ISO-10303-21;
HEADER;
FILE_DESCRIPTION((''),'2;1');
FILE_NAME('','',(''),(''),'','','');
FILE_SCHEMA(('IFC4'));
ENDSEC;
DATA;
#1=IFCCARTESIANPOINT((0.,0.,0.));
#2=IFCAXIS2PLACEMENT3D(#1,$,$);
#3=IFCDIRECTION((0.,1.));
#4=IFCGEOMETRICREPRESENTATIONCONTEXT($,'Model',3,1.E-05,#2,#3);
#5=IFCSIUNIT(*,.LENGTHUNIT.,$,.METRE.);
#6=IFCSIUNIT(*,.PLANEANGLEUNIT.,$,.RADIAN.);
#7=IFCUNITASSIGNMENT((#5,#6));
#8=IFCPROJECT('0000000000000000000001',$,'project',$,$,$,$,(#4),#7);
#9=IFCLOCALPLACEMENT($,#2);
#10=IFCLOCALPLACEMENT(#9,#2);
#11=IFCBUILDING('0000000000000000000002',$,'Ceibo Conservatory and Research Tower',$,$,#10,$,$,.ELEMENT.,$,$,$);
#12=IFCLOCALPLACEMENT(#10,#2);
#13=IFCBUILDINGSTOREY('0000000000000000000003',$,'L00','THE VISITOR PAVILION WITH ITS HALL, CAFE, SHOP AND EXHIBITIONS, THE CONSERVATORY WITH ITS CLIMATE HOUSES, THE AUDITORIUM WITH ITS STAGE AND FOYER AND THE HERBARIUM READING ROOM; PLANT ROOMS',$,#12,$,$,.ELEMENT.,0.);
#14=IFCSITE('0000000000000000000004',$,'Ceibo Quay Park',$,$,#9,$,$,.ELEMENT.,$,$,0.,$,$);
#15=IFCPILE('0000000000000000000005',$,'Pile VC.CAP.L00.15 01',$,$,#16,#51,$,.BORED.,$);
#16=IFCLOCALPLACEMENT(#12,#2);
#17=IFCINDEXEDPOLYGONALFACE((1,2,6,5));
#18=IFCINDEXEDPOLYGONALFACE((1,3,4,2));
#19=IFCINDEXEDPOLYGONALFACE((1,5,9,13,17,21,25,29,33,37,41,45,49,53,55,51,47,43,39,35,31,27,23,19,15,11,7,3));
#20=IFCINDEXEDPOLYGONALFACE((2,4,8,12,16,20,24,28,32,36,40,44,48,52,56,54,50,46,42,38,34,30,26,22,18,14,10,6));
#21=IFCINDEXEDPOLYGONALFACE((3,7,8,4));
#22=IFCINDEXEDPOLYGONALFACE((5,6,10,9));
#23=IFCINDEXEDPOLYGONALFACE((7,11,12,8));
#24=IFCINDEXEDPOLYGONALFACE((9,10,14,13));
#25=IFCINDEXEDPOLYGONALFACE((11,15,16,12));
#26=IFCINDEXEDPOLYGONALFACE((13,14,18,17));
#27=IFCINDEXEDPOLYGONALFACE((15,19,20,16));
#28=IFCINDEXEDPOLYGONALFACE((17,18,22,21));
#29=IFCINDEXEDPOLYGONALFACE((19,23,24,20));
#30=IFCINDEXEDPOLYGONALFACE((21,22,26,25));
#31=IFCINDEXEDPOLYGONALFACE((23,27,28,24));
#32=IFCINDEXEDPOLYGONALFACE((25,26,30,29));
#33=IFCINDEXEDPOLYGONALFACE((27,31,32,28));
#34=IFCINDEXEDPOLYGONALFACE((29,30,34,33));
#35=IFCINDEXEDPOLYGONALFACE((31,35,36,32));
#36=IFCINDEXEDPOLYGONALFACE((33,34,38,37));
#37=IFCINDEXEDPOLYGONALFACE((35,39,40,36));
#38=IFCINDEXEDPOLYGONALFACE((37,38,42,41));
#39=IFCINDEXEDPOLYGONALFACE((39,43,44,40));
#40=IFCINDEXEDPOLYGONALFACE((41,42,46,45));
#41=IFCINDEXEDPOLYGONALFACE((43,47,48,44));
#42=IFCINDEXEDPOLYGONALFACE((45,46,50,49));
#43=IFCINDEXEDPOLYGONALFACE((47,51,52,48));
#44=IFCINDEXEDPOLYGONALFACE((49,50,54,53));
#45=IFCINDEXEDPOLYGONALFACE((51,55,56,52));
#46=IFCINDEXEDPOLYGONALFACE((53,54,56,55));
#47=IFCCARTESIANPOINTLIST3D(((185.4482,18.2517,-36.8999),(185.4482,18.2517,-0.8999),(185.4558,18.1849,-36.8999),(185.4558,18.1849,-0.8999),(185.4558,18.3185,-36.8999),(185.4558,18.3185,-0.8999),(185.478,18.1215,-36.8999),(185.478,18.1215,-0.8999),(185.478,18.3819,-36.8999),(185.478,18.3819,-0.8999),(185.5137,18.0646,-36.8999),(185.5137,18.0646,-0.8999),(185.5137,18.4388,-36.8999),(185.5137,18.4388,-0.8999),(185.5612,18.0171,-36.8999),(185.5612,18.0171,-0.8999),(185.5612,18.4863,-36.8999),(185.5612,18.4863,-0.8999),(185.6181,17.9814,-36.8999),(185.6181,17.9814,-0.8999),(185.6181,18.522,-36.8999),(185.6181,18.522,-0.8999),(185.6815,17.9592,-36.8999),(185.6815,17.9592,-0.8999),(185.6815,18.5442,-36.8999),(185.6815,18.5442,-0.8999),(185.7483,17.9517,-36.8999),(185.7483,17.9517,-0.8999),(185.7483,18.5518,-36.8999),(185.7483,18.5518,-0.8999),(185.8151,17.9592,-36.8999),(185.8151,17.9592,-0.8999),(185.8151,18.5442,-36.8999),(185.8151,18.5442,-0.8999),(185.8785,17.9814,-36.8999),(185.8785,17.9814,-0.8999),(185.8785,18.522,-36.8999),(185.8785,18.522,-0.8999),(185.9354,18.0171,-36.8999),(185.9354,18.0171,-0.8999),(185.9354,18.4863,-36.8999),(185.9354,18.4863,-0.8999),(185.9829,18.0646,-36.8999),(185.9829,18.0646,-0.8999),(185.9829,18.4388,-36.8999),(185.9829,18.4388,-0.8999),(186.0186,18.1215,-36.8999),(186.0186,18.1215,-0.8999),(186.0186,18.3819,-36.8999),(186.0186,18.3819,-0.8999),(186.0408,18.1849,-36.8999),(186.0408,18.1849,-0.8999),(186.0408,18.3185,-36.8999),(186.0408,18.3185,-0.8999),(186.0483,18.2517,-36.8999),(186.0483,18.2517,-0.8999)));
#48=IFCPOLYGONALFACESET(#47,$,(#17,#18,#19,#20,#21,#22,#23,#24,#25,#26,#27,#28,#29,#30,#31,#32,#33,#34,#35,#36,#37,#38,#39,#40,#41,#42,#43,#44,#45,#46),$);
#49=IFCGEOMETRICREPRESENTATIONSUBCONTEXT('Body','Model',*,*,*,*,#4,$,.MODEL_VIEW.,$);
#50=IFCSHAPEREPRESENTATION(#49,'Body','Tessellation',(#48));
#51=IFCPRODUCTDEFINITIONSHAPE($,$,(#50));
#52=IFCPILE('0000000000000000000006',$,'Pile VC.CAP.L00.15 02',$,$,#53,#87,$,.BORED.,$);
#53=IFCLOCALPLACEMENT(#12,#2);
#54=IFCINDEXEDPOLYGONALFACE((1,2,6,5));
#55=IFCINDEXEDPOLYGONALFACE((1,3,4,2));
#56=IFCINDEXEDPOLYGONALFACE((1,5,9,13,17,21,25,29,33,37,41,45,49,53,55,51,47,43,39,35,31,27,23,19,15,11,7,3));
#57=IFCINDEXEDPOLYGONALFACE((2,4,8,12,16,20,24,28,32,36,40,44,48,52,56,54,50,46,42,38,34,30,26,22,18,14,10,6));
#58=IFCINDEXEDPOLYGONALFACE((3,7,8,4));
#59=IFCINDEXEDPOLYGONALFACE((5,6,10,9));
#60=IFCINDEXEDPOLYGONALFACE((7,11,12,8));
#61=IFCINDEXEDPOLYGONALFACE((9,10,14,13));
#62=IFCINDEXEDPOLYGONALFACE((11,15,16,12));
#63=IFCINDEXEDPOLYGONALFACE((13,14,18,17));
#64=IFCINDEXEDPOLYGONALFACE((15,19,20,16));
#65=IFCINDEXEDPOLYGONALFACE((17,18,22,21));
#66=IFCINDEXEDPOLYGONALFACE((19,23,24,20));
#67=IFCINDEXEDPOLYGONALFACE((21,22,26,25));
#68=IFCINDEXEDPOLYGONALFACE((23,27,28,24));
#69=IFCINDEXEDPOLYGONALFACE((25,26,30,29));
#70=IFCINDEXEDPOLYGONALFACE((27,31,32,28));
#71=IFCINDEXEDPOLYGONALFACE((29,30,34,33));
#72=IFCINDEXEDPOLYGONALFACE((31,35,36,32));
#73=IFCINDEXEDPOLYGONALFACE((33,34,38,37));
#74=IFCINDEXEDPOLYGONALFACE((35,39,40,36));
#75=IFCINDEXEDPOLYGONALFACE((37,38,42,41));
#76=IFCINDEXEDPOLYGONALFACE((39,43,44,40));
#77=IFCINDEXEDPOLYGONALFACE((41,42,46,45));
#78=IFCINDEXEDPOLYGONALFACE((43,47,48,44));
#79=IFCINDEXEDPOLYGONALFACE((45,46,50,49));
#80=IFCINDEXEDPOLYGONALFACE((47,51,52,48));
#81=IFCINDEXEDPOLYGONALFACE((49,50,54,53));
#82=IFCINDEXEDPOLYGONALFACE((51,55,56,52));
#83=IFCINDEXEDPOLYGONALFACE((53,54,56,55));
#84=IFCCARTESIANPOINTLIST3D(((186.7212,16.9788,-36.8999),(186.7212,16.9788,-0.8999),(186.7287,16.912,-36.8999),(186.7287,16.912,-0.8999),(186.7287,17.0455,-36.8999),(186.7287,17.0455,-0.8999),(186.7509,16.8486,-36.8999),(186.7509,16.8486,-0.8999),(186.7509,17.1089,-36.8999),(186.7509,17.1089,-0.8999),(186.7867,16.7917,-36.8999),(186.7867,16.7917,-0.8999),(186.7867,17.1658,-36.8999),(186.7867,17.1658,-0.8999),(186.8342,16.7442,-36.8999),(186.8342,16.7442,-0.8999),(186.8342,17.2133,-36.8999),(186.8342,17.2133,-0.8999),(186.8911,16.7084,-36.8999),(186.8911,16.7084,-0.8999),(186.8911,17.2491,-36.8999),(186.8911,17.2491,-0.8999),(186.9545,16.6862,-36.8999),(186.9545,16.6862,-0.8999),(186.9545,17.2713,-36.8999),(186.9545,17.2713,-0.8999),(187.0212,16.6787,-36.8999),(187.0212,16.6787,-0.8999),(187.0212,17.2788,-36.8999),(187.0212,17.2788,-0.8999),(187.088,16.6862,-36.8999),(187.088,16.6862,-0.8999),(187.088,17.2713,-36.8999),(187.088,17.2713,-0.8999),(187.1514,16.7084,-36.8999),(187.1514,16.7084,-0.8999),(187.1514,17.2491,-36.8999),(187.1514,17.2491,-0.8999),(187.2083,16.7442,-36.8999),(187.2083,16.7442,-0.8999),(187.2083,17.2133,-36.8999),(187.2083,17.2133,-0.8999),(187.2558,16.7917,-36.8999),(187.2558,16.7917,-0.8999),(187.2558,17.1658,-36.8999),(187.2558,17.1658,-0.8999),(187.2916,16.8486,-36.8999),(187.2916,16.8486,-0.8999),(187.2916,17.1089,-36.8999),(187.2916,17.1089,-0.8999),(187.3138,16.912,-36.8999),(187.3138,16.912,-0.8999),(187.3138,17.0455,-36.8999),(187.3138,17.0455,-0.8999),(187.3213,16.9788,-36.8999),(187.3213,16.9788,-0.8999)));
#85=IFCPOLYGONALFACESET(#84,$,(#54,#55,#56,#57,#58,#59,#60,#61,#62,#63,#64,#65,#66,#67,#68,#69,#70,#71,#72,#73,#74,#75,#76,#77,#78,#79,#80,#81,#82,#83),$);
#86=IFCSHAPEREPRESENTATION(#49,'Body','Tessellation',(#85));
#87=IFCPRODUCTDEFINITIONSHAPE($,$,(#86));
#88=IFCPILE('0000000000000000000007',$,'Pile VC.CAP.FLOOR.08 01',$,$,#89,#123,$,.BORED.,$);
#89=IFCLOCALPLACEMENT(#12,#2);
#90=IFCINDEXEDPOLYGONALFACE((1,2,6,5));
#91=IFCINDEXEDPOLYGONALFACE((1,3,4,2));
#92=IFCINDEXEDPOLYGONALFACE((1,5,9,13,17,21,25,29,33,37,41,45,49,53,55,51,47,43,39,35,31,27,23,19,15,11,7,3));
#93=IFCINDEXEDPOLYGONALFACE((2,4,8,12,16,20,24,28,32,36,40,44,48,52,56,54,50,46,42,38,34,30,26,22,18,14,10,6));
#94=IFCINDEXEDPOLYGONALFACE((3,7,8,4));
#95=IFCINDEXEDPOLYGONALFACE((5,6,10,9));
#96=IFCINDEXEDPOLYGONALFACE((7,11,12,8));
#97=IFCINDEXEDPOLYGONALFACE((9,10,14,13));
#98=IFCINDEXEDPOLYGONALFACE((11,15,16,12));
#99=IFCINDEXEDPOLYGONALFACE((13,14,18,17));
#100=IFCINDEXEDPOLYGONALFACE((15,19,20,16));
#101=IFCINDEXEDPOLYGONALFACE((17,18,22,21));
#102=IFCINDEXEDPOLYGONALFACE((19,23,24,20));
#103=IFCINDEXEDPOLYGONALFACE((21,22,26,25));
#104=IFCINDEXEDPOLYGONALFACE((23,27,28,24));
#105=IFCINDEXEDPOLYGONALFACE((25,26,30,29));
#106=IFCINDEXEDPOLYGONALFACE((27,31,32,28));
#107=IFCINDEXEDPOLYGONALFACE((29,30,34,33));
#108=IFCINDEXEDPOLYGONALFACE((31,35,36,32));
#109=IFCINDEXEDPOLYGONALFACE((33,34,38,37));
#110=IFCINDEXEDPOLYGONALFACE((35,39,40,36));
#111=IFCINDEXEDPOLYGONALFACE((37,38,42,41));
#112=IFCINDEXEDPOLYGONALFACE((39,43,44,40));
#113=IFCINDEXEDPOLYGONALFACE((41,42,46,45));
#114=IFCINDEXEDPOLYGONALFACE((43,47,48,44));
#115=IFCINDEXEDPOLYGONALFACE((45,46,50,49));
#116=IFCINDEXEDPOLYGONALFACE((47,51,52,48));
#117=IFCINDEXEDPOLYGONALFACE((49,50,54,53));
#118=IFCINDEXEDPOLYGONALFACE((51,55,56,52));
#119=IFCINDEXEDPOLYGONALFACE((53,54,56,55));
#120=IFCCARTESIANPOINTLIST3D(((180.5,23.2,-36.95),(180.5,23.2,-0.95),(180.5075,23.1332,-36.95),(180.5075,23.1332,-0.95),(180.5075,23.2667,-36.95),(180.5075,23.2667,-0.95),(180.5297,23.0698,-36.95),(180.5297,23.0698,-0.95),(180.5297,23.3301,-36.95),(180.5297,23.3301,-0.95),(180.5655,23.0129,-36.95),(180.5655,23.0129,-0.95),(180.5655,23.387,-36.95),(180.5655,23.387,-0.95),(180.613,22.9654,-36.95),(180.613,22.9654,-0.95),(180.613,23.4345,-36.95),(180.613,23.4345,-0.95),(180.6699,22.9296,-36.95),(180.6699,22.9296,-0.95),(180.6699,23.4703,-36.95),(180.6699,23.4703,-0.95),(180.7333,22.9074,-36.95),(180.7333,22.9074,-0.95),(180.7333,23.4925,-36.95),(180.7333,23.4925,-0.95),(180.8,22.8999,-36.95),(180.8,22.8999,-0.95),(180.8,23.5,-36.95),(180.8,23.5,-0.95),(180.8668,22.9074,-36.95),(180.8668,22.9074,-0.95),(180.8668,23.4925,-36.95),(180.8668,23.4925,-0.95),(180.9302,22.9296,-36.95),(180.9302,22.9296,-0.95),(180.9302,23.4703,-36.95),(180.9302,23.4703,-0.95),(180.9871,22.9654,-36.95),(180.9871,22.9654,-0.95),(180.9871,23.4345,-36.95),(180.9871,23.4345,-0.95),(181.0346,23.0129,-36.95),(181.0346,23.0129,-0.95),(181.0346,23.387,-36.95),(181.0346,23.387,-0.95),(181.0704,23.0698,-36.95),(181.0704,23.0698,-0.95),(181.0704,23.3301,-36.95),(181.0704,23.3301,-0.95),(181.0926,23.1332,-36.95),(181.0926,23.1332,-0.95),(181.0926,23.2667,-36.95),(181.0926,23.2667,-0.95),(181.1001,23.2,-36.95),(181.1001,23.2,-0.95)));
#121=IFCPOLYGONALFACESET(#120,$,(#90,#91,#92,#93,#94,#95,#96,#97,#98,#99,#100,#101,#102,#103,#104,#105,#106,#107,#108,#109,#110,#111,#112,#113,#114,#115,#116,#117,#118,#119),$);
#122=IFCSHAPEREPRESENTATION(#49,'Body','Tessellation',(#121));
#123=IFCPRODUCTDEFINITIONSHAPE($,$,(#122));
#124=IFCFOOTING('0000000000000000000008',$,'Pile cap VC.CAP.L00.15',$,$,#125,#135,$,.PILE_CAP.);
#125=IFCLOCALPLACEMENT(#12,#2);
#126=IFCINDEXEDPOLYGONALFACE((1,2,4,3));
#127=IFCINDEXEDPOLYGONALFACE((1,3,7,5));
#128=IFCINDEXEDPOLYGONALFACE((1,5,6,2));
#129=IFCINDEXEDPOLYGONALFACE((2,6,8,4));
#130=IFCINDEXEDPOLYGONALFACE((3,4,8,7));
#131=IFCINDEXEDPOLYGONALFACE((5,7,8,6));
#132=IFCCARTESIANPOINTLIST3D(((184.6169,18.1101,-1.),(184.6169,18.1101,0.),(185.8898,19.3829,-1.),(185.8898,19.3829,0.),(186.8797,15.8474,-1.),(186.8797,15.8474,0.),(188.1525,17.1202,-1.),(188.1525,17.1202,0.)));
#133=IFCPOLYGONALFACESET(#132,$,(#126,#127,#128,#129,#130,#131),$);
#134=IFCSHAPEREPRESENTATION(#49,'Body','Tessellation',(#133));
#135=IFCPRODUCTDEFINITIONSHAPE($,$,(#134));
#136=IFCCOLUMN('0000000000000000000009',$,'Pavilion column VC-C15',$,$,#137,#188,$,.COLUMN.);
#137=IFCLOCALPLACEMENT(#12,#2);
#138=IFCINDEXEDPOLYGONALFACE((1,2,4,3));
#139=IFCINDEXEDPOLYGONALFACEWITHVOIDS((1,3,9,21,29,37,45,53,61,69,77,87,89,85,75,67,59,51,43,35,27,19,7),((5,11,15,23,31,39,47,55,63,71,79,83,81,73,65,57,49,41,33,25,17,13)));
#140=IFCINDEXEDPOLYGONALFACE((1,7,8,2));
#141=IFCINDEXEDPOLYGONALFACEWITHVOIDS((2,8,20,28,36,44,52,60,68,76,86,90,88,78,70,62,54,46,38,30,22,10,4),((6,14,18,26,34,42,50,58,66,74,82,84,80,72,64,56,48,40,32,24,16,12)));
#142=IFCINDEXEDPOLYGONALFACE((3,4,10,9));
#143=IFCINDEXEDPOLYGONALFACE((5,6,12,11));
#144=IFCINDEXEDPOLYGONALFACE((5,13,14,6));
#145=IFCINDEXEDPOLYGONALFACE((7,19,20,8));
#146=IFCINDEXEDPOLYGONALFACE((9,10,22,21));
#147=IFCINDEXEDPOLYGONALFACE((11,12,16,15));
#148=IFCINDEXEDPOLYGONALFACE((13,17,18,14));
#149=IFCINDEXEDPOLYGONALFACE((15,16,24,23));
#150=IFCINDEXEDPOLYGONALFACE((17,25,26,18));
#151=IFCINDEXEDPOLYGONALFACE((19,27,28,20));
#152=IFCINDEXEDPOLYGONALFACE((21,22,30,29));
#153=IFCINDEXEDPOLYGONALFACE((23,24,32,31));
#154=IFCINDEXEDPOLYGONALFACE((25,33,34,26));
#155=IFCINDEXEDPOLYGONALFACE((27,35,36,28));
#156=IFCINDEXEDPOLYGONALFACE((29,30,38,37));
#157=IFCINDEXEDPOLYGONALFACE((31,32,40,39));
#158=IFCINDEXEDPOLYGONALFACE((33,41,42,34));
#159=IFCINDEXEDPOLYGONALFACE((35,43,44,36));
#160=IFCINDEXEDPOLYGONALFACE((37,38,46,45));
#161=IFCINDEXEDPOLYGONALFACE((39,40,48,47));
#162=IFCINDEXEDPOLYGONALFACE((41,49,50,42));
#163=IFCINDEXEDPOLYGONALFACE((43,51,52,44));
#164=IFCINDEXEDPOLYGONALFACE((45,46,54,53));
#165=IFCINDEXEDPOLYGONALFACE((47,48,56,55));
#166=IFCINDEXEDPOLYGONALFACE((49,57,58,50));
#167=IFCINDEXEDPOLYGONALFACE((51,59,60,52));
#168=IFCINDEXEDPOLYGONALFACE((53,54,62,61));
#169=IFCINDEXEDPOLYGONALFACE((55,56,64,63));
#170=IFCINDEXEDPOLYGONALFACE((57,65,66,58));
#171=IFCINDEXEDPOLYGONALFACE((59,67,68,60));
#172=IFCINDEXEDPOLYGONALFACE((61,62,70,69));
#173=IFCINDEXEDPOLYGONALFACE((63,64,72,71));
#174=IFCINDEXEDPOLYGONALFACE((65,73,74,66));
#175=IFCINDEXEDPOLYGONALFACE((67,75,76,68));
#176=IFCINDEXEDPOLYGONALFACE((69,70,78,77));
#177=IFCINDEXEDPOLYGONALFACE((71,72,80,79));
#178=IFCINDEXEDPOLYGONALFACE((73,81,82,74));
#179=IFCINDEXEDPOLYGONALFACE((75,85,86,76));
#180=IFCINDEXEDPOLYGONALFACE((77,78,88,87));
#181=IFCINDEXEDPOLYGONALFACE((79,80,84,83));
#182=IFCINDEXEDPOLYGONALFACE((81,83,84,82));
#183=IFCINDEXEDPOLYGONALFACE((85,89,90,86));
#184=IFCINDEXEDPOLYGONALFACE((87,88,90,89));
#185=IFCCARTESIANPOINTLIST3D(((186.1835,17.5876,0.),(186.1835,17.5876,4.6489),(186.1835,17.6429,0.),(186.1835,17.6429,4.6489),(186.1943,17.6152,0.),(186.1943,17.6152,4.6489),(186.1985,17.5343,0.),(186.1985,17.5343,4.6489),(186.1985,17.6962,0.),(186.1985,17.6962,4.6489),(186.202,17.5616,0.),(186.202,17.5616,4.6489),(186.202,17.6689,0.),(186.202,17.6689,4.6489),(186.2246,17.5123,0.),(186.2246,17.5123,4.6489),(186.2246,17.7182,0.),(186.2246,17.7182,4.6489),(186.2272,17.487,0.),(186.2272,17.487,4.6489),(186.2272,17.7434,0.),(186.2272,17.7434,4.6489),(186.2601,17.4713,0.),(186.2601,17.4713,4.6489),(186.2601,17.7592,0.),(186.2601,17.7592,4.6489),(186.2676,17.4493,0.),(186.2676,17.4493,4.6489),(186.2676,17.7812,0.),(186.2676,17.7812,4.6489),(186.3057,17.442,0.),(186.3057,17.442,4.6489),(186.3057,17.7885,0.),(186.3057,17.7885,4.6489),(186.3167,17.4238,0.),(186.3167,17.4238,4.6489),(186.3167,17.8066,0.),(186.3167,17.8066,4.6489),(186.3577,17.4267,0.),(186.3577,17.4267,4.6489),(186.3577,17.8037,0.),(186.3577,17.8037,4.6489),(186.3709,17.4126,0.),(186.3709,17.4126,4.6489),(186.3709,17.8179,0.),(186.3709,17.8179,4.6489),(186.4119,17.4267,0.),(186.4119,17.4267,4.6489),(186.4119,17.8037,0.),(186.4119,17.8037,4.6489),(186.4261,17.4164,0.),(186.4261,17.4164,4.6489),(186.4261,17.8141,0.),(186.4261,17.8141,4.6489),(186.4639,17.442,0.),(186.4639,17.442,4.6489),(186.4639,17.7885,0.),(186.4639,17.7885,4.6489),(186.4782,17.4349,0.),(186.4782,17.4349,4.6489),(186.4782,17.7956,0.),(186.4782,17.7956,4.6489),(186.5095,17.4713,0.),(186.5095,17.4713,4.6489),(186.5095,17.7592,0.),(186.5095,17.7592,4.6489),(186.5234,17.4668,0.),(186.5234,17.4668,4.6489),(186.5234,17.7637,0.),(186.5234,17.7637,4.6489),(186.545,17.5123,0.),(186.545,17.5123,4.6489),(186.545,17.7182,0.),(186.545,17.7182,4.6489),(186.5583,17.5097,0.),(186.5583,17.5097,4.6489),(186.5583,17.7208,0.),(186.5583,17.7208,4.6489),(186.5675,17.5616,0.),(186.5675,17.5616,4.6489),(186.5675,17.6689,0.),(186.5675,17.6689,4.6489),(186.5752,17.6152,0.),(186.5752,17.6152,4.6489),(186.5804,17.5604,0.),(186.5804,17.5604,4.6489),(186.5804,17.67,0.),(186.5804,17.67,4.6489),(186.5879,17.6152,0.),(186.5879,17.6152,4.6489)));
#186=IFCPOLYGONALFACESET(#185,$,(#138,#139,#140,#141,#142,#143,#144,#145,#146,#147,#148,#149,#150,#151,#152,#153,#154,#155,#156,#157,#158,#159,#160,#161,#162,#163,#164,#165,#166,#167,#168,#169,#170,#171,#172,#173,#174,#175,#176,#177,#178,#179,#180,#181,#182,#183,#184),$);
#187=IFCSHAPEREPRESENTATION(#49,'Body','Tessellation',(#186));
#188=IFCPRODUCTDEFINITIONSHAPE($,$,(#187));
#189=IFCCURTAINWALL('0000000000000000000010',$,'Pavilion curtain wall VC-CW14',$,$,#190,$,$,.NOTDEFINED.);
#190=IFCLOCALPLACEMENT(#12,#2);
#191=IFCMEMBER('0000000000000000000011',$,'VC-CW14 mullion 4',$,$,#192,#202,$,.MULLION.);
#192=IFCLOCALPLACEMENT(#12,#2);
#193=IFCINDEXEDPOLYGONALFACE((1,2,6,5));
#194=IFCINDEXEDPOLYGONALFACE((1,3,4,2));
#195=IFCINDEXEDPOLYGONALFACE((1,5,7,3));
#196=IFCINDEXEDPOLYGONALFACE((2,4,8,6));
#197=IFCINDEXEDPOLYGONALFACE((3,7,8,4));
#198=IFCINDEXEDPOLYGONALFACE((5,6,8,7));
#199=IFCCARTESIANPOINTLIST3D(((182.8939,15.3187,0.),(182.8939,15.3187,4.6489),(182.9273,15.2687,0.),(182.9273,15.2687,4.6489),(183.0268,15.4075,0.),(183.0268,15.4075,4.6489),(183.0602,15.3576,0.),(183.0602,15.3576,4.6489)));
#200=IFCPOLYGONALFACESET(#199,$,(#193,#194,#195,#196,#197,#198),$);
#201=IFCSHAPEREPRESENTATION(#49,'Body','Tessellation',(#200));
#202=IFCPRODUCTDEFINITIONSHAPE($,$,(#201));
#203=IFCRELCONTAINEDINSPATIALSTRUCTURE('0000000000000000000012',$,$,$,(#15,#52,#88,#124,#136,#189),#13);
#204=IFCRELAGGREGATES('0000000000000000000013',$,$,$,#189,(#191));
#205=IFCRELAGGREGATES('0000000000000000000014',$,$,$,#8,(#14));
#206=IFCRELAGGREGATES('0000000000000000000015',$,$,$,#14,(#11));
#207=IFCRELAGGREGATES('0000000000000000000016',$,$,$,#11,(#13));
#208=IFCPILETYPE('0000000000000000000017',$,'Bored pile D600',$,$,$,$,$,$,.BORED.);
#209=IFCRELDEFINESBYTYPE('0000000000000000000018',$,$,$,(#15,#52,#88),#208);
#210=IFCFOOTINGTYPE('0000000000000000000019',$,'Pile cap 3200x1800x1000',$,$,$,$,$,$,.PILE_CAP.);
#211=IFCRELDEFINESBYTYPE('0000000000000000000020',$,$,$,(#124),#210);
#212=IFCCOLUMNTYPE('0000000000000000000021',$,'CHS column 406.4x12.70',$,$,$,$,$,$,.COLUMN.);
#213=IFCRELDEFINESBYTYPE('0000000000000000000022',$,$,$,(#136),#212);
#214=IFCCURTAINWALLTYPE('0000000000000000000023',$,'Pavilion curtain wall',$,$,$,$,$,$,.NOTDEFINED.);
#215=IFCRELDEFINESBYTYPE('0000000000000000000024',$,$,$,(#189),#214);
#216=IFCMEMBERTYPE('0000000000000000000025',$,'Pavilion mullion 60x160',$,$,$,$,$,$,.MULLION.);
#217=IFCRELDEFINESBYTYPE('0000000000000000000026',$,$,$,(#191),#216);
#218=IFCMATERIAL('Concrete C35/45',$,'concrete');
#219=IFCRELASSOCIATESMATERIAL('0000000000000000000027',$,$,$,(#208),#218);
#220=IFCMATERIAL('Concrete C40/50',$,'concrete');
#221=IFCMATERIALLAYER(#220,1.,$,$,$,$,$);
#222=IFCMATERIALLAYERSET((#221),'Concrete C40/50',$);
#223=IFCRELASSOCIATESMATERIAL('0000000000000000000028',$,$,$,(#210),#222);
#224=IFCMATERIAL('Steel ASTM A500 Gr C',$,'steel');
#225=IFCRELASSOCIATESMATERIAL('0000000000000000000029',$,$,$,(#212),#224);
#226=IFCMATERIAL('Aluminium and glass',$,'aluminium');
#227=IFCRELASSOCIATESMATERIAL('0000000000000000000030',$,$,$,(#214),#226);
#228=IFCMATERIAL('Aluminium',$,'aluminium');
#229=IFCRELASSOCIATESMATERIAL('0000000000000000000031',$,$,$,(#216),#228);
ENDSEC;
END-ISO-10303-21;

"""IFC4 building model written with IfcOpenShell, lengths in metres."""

from ifc_helpers import new_model, si_unit, direction, frame, origin, origin_2d, place, context, subcontext, project, spatial, polyline, rectangle, circle, hollow_circle, outline, extrude, material, layer, layer_set, material_profile, profile_set, type_object, element, aggregate, save


model = new_model("IFC4")

# Units and contexts
model_context = context("Model", 3, precision=1e-05, world=origin(), true_north=direction((0.0, 1.0)))
body_context = subcontext(model_context, "Body", "Model", "MODEL_VIEW")
ifc_project = project(units=[si_unit("LENGTHUNIT", "METRE"), si_unit("PLANEANGLEUNIT", "RADIAN")], contexts=[model_context])

# Site, building, storey
site_placement = place(None, origin())
site = spatial("IfcSite", under=ifc_project, at=site_placement, Name="Ceibo Quay Park", CompositionType="ELEMENT", RefElevation=0.0)
building_placement = place(site_placement, origin())
building = spatial("IfcBuilding", under=site, at=building_placement, Name="Ceibo Conservatory and Research Tower", CompositionType="ELEMENT")
storey_placement = place(building_placement, origin())
storey = spatial("IfcBuildingStorey", under=building, at=storey_placement, Name="L00", Description="THE VISITOR PAVILION WITH ITS HALL, CAFE, SHOP AND EXHIBITIONS, THE CONSERVATORY WITH ITS CLIMATE HOUSES, THE AUDITORIUM WITH ITS STAGE AND FOYER AND THE HERBARIUM READING ROOM; PLANT ROOMS", CompositionType="ELEMENT", Elevation=0.0)

# Piles
ifc_material_1 = material(Name="Concrete C35/45", Category="concrete")
ifc_material_profile_1 = material_profile(ifc_material_1, circle(Radius=0.3, at=origin_2d()), Name="RC D600")
ifc_profile_set_1 = profile_set([ifc_material_profile_1], Name="Concrete C35/45")
pile_type = type_object("IfcPileType", Name="Bored pile D600", PredefinedType="BORED", material=ifc_profile_set_1)
for number, where, z_axis, x_axis, name in (
    (1, (185.7483, 18.2517, -0.8999), (0.0, 0.0, -1.0), (1.0, 0.0, 0.0), "Pile VC.CAP.L00.15 01"),
    (2, (187.0212, 16.9788, -0.8999), (0.0, 0.0, -1.0), (1.0, 0.0, 0.0), "Pile VC.CAP.L00.15 02"),
    (3, (180.8, 23.2, -0.95), (0.0, 0.0, -1.0), (1.0, 0.0, 0.0), "Pile VC.CAP.FLOOR.08 01"),
):
    element("IfcPile", number, at=place(storey_placement, frame(where, z_axis=z_axis, x_axis=x_axis)), inside=storey, type_object=pile_type, Name=name, PredefinedType="BORED", context=body_context, shape_type="SweptSolid", body=[
        extrude(circle(Radius=0.3, at=origin_2d()), origin(), (0.0, 0.0, 1.0), 36.0),
    ])

# Footing
ifc_material_2 = material(Name="Concrete C40/50", Category="concrete")
ifc_layer_1 = layer(ifc_material_2, 1.0)
ifc_layer_set_1 = layer_set([ifc_layer_1], Name="Concrete C40/50")
footing_type = type_object("IfcFootingType", Name="Pile cap 3200x1800x1000", PredefinedType="PILE_CAP", material=ifc_layer_set_1)
footing_placement = place(storey_placement, frame((184.6169, 18.1101, -1.0), z_axis=(0.0, 0.0, 1.0), x_axis=(0.707107, -0.707107, 0.0)))
element("IfcFooting", 4, at=footing_placement, inside=storey, type_object=footing_type, Name="Pile cap VC.CAP.L00.15", PredefinedType="PILE_CAP", context=body_context, shape_type="SweptSolid", body=[
    extrude(outline(polyline([(0.0, 0.0), (3.2, 0.0), (3.2, 1.8), (0.0, 1.8), (0.0, 0.0)])), origin(), (0.0, 0.0, 1.0), 1.0),
])

# Column
ifc_material_3 = material(Name="Steel ASTM A500 Gr C", Category="steel")
ifc_material_profile_2 = material_profile(ifc_material_3, hollow_circle(Radius=0.2031, WallThickness=0.0127, at=origin_2d()), Name="CHS column 406.4x12.70")
ifc_profile_set_2 = profile_set([ifc_material_profile_2], Name="Steel ASTM A500 Gr C")
column_type = type_object("IfcColumnType", Name="CHS column 406.4x12.70", PredefinedType="COLUMN", material=ifc_profile_set_2)
column_placement = place(storey_placement, frame((186.3848, 17.6152, 0.0), z_axis=(0.0, 0.0, 1.0), x_axis=(1.0, 0.0, 0.0)))
element("IfcColumn", 5, at=column_placement, inside=storey, type_object=column_type, Name="Pavilion column VC-C15", PredefinedType="COLUMN", context=body_context, shape_type="SweptSolid", body=[
    extrude(hollow_circle(Radius=0.2031, WallThickness=0.0127, at=origin_2d()), origin(), (0.0, 0.0, 1.0), 4.6489),
])

# Curtain wall, member
ifc_material_4 = material(Name="Aluminium and glass", Category="aluminium")
curtain_wall_type = type_object("IfcCurtainWallType", Name="Pavilion curtain wall", PredefinedType="NOTDEFINED", material=ifc_material_4)
curtain_wall_1_placement = place(storey_placement, origin())
curtain_wall_1 = element("IfcCurtainWall", 6, at=curtain_wall_1_placement, inside=storey, type_object=curtain_wall_type, Name="Pavilion curtain wall VC-CW14", PredefinedType="NOTDEFINED")
ifc_material_5 = material(Name="Aluminium", Category="aluminium")
ifc_material_profile_3 = material_profile(ifc_material_5, rectangle(XDim=0.0601, YDim=0.1599, at=origin_2d()), Name="AL 60x160")
ifc_profile_set_3 = profile_set([ifc_material_profile_3], Name="Aluminium")
member_type_1 = type_object("IfcMemberType", Name="Pavilion mullion 60x160", PredefinedType="MULLION", material=ifc_profile_set_3)
member_1_placement = place(storey_placement, frame((182.9771, 15.3381, 0.0), z_axis=(0.0, 0.0, 1.0), x_axis=(-0.55557, 0.83147, 0.0)))
member_1 = element("IfcMember", 7, at=member_1_placement, type_object=member_type_1, Name="VC-CW14 mullion 4", PredefinedType="MULLION", context=body_context, shape_type="SweptSolid", body=[
    extrude(rectangle(XDim=0.0601, YDim=0.1599, at=origin_2d()), origin(), (0.0, 0.0, 1.0), 4.6489),
])

aggregate(curtain_wall_1, [member_1])

save(model, "model.ifc")
